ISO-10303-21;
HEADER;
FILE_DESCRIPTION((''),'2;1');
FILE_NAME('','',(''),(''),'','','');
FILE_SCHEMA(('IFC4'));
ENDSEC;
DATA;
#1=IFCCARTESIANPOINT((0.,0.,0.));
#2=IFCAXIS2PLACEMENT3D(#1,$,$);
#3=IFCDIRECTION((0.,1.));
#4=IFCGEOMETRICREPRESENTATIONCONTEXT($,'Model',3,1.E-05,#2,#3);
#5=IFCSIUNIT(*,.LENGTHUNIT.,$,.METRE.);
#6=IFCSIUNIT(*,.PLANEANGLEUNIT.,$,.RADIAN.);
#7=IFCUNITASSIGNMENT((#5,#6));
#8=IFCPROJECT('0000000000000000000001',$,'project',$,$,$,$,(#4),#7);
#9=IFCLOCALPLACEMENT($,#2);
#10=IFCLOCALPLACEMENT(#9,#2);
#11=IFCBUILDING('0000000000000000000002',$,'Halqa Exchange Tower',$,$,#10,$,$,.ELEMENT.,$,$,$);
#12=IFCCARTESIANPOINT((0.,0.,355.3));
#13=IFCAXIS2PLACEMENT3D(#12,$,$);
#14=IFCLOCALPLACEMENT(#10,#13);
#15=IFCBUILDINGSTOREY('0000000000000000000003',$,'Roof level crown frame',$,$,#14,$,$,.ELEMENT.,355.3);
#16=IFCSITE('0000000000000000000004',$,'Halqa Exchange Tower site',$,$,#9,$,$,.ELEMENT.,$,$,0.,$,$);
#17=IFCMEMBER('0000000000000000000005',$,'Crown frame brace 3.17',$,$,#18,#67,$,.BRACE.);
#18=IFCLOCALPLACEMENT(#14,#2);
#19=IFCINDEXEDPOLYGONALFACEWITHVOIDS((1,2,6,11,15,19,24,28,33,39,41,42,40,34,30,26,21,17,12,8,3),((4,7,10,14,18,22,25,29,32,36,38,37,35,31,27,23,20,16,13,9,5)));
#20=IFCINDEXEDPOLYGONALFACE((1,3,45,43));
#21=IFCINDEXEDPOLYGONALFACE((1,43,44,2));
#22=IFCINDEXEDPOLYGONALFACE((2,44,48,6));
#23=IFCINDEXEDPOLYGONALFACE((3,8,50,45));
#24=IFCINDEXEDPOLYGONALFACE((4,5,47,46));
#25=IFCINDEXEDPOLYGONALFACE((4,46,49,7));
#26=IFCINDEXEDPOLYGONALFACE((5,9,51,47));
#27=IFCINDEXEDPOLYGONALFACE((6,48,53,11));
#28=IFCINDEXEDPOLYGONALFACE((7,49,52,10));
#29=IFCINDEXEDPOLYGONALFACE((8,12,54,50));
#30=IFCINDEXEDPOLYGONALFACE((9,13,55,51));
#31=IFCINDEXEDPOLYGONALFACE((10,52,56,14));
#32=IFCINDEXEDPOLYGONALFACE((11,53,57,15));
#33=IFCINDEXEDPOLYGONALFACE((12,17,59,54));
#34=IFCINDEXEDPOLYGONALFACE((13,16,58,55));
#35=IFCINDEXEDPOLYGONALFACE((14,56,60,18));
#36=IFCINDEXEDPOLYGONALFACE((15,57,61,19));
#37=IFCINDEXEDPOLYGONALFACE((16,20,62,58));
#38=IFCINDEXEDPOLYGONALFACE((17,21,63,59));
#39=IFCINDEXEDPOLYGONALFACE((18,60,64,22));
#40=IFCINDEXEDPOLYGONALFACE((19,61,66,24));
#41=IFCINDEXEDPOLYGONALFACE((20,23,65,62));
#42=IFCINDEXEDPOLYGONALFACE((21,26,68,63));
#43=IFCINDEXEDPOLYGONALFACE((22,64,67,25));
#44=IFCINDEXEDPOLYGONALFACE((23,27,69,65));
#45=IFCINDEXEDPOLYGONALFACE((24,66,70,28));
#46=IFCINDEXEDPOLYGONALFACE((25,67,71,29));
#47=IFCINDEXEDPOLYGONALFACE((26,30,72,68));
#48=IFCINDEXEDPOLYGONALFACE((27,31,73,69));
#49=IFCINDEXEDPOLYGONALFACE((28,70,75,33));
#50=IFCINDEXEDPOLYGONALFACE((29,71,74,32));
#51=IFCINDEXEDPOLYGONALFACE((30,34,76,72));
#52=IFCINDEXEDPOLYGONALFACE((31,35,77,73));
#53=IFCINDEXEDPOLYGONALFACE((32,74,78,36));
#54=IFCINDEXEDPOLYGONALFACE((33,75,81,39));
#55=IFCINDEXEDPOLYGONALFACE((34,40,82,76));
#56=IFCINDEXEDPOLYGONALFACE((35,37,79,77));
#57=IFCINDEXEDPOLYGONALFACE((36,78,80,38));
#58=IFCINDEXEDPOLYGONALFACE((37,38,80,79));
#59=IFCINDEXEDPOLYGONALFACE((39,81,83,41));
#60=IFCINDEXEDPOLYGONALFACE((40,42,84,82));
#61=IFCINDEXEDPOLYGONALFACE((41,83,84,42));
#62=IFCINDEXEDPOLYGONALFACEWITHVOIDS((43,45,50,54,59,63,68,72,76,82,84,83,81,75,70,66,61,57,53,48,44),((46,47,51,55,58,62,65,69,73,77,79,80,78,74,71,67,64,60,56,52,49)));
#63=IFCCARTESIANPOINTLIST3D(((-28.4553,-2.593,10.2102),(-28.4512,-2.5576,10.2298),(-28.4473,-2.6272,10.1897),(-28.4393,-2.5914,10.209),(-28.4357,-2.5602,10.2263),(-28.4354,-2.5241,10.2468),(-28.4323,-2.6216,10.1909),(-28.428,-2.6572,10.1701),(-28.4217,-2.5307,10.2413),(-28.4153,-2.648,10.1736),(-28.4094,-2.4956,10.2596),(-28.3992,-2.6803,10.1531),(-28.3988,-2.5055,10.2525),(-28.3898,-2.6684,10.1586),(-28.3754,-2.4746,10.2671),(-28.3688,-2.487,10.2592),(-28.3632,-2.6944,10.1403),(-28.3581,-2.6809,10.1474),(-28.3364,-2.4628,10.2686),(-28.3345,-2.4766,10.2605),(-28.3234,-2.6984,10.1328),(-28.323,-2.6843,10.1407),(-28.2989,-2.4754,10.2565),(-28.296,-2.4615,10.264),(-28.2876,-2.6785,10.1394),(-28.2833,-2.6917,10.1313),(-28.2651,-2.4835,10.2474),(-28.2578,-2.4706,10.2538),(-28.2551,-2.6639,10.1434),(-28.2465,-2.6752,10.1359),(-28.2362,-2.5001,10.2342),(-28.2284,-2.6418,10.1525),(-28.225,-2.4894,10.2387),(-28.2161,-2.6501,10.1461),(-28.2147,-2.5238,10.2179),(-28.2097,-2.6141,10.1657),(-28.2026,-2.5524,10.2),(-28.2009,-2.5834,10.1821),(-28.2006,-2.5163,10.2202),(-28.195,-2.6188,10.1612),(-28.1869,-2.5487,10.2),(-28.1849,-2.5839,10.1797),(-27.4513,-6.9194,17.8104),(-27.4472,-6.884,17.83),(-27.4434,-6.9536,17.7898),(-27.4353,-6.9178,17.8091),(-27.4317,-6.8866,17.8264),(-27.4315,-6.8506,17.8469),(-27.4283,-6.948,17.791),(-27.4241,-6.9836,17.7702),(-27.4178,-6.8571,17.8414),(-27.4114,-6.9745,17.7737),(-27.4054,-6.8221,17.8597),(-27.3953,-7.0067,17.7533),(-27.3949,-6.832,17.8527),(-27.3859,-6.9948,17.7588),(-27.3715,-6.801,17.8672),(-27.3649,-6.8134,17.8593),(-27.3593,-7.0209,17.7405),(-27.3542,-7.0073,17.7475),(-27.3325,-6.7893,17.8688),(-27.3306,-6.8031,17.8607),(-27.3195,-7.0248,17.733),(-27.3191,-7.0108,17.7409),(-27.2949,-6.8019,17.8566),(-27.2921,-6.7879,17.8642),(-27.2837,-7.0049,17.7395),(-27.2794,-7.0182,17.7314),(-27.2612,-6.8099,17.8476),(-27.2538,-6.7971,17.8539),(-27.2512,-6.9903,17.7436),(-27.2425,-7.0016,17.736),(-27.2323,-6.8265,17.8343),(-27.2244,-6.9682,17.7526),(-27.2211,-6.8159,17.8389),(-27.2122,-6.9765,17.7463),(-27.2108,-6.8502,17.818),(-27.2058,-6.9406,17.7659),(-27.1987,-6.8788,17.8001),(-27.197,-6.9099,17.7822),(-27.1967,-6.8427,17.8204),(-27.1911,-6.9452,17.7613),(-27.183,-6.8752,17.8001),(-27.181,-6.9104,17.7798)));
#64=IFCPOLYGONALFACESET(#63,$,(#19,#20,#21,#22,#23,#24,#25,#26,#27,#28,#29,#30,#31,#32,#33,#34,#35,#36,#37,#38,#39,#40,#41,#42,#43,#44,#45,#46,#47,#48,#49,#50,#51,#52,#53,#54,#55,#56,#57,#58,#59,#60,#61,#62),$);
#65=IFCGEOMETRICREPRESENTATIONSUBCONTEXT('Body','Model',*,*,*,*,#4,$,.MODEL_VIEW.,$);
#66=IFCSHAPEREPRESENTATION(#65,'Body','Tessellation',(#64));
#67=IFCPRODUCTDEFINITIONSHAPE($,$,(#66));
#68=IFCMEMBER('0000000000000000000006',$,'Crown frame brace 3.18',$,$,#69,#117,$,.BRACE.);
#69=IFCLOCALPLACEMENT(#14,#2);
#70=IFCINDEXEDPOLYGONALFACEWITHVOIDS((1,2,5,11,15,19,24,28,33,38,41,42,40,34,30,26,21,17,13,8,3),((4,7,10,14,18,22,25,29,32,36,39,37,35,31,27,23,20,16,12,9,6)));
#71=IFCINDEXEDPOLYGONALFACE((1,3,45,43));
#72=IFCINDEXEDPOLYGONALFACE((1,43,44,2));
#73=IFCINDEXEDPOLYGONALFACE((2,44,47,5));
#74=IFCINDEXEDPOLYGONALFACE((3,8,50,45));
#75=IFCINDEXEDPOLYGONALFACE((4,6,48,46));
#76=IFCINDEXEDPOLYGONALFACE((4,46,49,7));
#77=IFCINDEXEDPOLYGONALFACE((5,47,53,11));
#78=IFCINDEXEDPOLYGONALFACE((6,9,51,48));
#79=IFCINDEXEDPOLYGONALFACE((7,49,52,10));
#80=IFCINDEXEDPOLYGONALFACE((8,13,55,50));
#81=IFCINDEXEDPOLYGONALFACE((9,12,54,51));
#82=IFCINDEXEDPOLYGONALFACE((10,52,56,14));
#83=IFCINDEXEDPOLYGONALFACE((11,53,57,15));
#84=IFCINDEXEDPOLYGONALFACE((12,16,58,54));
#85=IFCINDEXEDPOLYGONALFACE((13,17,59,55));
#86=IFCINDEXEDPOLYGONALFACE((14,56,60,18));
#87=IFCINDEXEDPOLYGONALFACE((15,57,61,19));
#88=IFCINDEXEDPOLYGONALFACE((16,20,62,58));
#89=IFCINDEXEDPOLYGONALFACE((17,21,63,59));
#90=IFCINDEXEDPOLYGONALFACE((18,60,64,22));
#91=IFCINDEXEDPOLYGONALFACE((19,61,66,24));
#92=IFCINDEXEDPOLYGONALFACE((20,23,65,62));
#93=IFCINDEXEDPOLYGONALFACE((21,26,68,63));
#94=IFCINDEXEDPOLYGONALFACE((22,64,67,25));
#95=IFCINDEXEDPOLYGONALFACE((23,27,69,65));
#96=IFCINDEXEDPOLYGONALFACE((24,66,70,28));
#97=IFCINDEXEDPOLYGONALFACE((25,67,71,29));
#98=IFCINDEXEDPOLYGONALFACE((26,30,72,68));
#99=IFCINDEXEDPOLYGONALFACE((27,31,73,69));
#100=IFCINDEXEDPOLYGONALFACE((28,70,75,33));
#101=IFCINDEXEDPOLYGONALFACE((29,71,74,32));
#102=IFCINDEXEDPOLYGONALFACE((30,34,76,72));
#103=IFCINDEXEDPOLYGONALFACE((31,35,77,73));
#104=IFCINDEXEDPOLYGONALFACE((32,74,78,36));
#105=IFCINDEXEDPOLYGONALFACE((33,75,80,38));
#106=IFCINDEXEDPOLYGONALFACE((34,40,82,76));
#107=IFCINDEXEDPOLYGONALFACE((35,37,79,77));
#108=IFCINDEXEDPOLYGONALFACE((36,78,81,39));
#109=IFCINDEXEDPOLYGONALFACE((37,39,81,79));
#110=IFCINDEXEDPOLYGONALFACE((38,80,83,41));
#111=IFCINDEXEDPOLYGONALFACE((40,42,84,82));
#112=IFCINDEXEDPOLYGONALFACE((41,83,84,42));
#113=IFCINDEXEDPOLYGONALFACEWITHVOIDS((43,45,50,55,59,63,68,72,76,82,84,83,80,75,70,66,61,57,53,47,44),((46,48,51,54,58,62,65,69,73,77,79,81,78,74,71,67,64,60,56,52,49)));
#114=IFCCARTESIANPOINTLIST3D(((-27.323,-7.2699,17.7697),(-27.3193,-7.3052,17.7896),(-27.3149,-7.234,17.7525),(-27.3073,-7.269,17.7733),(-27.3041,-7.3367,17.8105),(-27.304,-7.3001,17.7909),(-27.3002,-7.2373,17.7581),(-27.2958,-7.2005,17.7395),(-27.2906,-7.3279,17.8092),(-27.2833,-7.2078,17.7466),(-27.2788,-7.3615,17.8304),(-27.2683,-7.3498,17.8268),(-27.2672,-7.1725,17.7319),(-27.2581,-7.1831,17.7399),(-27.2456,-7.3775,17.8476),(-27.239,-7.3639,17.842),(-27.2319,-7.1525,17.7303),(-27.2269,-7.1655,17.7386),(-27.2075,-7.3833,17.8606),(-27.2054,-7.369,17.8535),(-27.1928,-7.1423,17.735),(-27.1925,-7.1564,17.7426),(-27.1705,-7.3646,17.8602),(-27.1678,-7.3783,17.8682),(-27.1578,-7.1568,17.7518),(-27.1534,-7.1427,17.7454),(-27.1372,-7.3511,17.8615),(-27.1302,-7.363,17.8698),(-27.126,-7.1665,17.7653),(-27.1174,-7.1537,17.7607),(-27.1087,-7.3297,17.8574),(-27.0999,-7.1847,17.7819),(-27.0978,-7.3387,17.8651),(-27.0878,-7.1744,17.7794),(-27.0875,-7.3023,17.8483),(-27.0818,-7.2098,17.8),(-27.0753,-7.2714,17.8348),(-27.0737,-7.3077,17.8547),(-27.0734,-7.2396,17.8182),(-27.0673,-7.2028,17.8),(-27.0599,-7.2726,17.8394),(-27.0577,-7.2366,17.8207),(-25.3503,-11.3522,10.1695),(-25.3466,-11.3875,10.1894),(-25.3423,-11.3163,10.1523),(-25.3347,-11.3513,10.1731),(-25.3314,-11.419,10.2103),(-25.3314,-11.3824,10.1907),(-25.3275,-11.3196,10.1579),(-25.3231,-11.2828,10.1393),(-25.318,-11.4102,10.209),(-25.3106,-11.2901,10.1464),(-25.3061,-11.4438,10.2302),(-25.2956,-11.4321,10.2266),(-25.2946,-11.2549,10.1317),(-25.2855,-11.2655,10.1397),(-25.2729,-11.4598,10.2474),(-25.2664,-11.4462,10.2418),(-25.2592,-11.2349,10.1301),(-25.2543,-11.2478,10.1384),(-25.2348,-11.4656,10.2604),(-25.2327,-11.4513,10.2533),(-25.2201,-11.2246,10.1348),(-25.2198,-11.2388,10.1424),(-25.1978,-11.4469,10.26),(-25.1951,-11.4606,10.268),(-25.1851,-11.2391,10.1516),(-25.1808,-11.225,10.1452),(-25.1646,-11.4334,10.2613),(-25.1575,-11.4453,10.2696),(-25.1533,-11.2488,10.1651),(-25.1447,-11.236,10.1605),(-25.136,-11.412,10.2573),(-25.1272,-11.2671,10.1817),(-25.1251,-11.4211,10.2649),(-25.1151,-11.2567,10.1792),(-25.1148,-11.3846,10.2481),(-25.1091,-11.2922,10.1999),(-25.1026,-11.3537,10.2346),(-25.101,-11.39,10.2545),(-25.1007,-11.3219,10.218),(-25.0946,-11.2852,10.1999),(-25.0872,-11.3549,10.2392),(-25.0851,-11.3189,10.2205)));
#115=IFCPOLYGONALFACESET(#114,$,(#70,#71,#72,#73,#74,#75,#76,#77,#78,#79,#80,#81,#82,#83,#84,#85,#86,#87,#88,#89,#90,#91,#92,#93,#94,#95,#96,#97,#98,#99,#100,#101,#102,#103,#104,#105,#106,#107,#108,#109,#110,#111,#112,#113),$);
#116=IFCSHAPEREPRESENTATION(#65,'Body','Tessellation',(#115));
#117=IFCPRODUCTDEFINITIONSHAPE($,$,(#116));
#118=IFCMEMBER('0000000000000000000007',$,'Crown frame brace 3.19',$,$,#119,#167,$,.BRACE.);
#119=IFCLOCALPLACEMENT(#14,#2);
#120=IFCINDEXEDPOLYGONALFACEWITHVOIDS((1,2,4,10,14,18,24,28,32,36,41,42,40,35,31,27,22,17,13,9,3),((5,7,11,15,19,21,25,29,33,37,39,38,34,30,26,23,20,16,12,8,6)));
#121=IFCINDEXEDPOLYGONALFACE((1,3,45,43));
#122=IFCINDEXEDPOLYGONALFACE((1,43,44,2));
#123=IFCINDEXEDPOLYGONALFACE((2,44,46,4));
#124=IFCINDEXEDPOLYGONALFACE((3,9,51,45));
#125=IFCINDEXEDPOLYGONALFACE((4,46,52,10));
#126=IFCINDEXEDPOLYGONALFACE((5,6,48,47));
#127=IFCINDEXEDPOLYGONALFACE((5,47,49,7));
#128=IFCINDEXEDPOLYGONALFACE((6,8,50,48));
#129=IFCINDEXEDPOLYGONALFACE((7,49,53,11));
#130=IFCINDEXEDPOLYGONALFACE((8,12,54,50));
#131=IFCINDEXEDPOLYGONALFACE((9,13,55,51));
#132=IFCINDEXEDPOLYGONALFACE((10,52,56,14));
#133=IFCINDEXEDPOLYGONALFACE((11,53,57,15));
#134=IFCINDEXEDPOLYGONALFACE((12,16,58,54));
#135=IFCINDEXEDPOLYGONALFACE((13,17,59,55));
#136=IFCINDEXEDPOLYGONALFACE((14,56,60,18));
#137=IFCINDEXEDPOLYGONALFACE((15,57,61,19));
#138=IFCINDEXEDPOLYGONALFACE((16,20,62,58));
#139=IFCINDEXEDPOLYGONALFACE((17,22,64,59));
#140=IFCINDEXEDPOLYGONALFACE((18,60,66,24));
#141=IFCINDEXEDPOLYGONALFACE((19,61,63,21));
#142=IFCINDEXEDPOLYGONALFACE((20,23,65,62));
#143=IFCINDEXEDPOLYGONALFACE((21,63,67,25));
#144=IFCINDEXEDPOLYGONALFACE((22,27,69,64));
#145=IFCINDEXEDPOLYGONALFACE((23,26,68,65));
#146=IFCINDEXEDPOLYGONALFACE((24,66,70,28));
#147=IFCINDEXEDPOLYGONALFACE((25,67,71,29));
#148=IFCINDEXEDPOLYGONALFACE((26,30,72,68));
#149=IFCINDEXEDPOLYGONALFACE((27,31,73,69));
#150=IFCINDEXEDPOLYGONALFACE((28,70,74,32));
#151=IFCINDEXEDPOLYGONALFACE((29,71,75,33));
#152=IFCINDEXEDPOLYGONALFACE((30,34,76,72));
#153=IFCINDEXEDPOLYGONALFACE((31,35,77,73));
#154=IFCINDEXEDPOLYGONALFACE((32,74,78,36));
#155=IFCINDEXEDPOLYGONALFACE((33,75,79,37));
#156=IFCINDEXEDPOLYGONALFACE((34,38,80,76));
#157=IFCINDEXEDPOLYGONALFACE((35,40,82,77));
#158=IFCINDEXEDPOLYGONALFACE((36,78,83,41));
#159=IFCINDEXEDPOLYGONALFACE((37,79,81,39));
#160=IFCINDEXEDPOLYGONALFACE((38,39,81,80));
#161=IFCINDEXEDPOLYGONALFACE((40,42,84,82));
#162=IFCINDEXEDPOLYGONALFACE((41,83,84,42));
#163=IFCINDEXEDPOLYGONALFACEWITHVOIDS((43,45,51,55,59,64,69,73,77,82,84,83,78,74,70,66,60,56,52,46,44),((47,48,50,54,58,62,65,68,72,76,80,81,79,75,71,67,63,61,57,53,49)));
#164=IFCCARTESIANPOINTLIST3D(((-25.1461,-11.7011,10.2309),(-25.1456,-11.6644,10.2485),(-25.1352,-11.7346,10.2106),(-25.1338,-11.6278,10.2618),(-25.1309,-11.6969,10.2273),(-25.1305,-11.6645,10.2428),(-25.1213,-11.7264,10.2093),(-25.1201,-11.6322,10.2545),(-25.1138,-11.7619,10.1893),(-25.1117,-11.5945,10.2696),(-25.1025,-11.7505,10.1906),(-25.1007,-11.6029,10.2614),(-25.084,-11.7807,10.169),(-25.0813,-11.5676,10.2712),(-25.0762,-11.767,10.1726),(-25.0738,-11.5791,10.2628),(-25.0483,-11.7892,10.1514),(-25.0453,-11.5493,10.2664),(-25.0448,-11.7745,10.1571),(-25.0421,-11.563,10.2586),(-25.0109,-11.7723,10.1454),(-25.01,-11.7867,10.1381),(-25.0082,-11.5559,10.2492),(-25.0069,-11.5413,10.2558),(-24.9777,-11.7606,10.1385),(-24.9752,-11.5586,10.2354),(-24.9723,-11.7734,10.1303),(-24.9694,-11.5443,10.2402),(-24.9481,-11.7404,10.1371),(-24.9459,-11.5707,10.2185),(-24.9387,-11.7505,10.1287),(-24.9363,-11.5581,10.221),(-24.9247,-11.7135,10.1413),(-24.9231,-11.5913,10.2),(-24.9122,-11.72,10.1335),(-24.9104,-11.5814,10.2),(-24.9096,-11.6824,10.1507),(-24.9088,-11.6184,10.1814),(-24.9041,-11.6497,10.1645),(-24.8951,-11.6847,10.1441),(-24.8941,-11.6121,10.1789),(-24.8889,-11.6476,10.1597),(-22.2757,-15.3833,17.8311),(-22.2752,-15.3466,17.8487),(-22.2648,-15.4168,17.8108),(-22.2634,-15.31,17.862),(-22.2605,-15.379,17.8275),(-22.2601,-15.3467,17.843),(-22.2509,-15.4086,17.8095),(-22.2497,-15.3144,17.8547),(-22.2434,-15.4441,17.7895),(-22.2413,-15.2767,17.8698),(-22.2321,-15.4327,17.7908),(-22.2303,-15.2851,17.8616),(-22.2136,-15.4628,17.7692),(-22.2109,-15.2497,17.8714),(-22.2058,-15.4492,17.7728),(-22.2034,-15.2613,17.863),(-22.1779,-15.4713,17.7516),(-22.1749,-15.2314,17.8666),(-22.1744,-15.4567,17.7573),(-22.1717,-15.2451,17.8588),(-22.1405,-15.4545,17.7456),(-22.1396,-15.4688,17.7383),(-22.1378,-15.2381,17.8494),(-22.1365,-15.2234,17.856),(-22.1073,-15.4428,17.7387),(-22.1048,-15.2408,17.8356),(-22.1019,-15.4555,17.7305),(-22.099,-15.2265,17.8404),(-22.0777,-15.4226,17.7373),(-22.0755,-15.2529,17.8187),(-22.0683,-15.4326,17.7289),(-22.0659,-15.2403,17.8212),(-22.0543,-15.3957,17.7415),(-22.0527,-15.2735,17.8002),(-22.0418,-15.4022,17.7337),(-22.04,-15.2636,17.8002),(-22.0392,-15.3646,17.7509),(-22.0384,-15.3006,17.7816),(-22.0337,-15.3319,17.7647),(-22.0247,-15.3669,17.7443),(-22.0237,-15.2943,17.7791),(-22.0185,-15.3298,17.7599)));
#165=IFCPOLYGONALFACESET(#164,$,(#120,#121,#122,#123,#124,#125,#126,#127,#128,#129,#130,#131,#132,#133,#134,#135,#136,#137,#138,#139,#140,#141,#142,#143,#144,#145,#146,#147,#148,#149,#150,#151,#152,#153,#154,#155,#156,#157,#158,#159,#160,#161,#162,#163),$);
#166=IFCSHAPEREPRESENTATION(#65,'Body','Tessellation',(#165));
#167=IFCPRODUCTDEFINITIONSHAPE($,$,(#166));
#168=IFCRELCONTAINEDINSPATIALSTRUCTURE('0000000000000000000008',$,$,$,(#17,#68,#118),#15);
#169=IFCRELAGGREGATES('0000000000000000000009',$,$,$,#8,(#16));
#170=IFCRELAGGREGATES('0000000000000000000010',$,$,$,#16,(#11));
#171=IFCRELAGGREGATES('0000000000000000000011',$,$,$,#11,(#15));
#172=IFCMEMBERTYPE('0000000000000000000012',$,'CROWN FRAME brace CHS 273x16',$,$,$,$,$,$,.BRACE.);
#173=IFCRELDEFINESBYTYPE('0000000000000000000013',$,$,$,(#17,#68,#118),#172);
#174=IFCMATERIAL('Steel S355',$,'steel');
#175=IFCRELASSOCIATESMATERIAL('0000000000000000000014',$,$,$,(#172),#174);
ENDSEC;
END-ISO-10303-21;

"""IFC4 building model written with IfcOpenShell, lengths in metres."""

from ifc_helpers import new_model, si_unit, direction, frame, origin, origin_2d, place, context, subcontext, project, spatial, hollow_circle, extrude, material, material_profile, profile_set, type_object, element, save


model = new_model("IFC4")

# Units and contexts
model_context = context("Model", 3, precision=1e-05, world=origin(), true_north=direction((0.0, 1.0)))
body_context = subcontext(model_context, "Body", "Model", "MODEL_VIEW")
ifc_project = project(units=[si_unit("LENGTHUNIT", "METRE"), si_unit("PLANEANGLEUNIT", "RADIAN")], contexts=[model_context])

# Site, building, storey
site_placement = place(None, origin())
site = spatial("IfcSite", under=ifc_project, at=site_placement, Name="Halqa Exchange Tower site", CompositionType="ELEMENT", RefElevation=0.0)
building_placement = place(site_placement, origin())
building = spatial("IfcBuilding", under=site, at=building_placement, Name="Halqa Exchange Tower", CompositionType="ELEMENT")
storey_placement = place(building_placement, frame((0.0, 0.0, 355.3)))
storey = spatial("IfcBuildingStorey", under=building, at=storey_placement, Name="Roof level crown frame", CompositionType="ELEMENT", Elevation=355.3)

# Members
ifc_material_1 = material(Name="Steel S355", Category="steel")
ifc_material_profile_1 = material_profile(ifc_material_1, hollow_circle(Radius=0.1365, WallThickness=0.0161, at=origin_2d()), Name="CHS 273x16")
ifc_profile_set_1 = profile_set([ifc_material_profile_1], Name="Steel S355")
member_type = type_object("IfcMemberType", Name="CROWN FRAME brace CHS 273x16", PredefinedType="BRACE", material=ifc_profile_set_1)
member_1_placement = place(storey_placement, frame((-28.3198, -2.5796, 10.2), z_axis=(0.114046, -0.491488, 0.863384), x_axis=(0.974119, 0.226036, 0.0)))
element("IfcMember", 1, at=member_1_placement, inside=storey, type_object=member_type, Name="Crown frame brace 3.17", PredefinedType="BRACE", context=body_context, shape_type="SweptSolid", body=[
    extrude(hollow_circle(Radius=0.1365, WallThickness=0.0161, at=origin_2d()), origin(), (0.0, 0.0, 1.0), 8.8027),
])
member_2_placement = place(storey_placement, frame((-27.1902, -7.2622, 17.8), z_axis=(0.222906, -0.461288, -0.858794), x_axis=(0.900387, 0.435089, 0.0)))
element("IfcMember", 2, at=member_2_placement, inside=storey, type_object=member_type, Name="Crown frame brace 3.18", PredefinedType="BRACE", context=body_context, shape_type="SweptSolid", body=[
    extrude(hollow_circle(Radius=0.1365, WallThickness=0.0161, at=origin_2d()), origin(), (0.0, 0.0, 1.0), 8.8499),
])
member_3_placement = place(storey_placement, frame((-25.0181, -11.6653, 10.2), z_axis=(0.321805, -0.412815, 0.852071), x_axis=(0.788679, 0.614805, 0.0)))
element("IfcMember", 3, at=member_3_placement, inside=storey, type_object=member_type, Name="Crown frame brace 3.19", PredefinedType="BRACE", context=body_context, shape_type="SweptSolid", body=[
    extrude(hollow_circle(Radius=0.1365, WallThickness=0.0161, at=origin_2d()), origin(), (0.0, 0.0, 1.0), 8.9197),
])

save(model, "model.ifc")
